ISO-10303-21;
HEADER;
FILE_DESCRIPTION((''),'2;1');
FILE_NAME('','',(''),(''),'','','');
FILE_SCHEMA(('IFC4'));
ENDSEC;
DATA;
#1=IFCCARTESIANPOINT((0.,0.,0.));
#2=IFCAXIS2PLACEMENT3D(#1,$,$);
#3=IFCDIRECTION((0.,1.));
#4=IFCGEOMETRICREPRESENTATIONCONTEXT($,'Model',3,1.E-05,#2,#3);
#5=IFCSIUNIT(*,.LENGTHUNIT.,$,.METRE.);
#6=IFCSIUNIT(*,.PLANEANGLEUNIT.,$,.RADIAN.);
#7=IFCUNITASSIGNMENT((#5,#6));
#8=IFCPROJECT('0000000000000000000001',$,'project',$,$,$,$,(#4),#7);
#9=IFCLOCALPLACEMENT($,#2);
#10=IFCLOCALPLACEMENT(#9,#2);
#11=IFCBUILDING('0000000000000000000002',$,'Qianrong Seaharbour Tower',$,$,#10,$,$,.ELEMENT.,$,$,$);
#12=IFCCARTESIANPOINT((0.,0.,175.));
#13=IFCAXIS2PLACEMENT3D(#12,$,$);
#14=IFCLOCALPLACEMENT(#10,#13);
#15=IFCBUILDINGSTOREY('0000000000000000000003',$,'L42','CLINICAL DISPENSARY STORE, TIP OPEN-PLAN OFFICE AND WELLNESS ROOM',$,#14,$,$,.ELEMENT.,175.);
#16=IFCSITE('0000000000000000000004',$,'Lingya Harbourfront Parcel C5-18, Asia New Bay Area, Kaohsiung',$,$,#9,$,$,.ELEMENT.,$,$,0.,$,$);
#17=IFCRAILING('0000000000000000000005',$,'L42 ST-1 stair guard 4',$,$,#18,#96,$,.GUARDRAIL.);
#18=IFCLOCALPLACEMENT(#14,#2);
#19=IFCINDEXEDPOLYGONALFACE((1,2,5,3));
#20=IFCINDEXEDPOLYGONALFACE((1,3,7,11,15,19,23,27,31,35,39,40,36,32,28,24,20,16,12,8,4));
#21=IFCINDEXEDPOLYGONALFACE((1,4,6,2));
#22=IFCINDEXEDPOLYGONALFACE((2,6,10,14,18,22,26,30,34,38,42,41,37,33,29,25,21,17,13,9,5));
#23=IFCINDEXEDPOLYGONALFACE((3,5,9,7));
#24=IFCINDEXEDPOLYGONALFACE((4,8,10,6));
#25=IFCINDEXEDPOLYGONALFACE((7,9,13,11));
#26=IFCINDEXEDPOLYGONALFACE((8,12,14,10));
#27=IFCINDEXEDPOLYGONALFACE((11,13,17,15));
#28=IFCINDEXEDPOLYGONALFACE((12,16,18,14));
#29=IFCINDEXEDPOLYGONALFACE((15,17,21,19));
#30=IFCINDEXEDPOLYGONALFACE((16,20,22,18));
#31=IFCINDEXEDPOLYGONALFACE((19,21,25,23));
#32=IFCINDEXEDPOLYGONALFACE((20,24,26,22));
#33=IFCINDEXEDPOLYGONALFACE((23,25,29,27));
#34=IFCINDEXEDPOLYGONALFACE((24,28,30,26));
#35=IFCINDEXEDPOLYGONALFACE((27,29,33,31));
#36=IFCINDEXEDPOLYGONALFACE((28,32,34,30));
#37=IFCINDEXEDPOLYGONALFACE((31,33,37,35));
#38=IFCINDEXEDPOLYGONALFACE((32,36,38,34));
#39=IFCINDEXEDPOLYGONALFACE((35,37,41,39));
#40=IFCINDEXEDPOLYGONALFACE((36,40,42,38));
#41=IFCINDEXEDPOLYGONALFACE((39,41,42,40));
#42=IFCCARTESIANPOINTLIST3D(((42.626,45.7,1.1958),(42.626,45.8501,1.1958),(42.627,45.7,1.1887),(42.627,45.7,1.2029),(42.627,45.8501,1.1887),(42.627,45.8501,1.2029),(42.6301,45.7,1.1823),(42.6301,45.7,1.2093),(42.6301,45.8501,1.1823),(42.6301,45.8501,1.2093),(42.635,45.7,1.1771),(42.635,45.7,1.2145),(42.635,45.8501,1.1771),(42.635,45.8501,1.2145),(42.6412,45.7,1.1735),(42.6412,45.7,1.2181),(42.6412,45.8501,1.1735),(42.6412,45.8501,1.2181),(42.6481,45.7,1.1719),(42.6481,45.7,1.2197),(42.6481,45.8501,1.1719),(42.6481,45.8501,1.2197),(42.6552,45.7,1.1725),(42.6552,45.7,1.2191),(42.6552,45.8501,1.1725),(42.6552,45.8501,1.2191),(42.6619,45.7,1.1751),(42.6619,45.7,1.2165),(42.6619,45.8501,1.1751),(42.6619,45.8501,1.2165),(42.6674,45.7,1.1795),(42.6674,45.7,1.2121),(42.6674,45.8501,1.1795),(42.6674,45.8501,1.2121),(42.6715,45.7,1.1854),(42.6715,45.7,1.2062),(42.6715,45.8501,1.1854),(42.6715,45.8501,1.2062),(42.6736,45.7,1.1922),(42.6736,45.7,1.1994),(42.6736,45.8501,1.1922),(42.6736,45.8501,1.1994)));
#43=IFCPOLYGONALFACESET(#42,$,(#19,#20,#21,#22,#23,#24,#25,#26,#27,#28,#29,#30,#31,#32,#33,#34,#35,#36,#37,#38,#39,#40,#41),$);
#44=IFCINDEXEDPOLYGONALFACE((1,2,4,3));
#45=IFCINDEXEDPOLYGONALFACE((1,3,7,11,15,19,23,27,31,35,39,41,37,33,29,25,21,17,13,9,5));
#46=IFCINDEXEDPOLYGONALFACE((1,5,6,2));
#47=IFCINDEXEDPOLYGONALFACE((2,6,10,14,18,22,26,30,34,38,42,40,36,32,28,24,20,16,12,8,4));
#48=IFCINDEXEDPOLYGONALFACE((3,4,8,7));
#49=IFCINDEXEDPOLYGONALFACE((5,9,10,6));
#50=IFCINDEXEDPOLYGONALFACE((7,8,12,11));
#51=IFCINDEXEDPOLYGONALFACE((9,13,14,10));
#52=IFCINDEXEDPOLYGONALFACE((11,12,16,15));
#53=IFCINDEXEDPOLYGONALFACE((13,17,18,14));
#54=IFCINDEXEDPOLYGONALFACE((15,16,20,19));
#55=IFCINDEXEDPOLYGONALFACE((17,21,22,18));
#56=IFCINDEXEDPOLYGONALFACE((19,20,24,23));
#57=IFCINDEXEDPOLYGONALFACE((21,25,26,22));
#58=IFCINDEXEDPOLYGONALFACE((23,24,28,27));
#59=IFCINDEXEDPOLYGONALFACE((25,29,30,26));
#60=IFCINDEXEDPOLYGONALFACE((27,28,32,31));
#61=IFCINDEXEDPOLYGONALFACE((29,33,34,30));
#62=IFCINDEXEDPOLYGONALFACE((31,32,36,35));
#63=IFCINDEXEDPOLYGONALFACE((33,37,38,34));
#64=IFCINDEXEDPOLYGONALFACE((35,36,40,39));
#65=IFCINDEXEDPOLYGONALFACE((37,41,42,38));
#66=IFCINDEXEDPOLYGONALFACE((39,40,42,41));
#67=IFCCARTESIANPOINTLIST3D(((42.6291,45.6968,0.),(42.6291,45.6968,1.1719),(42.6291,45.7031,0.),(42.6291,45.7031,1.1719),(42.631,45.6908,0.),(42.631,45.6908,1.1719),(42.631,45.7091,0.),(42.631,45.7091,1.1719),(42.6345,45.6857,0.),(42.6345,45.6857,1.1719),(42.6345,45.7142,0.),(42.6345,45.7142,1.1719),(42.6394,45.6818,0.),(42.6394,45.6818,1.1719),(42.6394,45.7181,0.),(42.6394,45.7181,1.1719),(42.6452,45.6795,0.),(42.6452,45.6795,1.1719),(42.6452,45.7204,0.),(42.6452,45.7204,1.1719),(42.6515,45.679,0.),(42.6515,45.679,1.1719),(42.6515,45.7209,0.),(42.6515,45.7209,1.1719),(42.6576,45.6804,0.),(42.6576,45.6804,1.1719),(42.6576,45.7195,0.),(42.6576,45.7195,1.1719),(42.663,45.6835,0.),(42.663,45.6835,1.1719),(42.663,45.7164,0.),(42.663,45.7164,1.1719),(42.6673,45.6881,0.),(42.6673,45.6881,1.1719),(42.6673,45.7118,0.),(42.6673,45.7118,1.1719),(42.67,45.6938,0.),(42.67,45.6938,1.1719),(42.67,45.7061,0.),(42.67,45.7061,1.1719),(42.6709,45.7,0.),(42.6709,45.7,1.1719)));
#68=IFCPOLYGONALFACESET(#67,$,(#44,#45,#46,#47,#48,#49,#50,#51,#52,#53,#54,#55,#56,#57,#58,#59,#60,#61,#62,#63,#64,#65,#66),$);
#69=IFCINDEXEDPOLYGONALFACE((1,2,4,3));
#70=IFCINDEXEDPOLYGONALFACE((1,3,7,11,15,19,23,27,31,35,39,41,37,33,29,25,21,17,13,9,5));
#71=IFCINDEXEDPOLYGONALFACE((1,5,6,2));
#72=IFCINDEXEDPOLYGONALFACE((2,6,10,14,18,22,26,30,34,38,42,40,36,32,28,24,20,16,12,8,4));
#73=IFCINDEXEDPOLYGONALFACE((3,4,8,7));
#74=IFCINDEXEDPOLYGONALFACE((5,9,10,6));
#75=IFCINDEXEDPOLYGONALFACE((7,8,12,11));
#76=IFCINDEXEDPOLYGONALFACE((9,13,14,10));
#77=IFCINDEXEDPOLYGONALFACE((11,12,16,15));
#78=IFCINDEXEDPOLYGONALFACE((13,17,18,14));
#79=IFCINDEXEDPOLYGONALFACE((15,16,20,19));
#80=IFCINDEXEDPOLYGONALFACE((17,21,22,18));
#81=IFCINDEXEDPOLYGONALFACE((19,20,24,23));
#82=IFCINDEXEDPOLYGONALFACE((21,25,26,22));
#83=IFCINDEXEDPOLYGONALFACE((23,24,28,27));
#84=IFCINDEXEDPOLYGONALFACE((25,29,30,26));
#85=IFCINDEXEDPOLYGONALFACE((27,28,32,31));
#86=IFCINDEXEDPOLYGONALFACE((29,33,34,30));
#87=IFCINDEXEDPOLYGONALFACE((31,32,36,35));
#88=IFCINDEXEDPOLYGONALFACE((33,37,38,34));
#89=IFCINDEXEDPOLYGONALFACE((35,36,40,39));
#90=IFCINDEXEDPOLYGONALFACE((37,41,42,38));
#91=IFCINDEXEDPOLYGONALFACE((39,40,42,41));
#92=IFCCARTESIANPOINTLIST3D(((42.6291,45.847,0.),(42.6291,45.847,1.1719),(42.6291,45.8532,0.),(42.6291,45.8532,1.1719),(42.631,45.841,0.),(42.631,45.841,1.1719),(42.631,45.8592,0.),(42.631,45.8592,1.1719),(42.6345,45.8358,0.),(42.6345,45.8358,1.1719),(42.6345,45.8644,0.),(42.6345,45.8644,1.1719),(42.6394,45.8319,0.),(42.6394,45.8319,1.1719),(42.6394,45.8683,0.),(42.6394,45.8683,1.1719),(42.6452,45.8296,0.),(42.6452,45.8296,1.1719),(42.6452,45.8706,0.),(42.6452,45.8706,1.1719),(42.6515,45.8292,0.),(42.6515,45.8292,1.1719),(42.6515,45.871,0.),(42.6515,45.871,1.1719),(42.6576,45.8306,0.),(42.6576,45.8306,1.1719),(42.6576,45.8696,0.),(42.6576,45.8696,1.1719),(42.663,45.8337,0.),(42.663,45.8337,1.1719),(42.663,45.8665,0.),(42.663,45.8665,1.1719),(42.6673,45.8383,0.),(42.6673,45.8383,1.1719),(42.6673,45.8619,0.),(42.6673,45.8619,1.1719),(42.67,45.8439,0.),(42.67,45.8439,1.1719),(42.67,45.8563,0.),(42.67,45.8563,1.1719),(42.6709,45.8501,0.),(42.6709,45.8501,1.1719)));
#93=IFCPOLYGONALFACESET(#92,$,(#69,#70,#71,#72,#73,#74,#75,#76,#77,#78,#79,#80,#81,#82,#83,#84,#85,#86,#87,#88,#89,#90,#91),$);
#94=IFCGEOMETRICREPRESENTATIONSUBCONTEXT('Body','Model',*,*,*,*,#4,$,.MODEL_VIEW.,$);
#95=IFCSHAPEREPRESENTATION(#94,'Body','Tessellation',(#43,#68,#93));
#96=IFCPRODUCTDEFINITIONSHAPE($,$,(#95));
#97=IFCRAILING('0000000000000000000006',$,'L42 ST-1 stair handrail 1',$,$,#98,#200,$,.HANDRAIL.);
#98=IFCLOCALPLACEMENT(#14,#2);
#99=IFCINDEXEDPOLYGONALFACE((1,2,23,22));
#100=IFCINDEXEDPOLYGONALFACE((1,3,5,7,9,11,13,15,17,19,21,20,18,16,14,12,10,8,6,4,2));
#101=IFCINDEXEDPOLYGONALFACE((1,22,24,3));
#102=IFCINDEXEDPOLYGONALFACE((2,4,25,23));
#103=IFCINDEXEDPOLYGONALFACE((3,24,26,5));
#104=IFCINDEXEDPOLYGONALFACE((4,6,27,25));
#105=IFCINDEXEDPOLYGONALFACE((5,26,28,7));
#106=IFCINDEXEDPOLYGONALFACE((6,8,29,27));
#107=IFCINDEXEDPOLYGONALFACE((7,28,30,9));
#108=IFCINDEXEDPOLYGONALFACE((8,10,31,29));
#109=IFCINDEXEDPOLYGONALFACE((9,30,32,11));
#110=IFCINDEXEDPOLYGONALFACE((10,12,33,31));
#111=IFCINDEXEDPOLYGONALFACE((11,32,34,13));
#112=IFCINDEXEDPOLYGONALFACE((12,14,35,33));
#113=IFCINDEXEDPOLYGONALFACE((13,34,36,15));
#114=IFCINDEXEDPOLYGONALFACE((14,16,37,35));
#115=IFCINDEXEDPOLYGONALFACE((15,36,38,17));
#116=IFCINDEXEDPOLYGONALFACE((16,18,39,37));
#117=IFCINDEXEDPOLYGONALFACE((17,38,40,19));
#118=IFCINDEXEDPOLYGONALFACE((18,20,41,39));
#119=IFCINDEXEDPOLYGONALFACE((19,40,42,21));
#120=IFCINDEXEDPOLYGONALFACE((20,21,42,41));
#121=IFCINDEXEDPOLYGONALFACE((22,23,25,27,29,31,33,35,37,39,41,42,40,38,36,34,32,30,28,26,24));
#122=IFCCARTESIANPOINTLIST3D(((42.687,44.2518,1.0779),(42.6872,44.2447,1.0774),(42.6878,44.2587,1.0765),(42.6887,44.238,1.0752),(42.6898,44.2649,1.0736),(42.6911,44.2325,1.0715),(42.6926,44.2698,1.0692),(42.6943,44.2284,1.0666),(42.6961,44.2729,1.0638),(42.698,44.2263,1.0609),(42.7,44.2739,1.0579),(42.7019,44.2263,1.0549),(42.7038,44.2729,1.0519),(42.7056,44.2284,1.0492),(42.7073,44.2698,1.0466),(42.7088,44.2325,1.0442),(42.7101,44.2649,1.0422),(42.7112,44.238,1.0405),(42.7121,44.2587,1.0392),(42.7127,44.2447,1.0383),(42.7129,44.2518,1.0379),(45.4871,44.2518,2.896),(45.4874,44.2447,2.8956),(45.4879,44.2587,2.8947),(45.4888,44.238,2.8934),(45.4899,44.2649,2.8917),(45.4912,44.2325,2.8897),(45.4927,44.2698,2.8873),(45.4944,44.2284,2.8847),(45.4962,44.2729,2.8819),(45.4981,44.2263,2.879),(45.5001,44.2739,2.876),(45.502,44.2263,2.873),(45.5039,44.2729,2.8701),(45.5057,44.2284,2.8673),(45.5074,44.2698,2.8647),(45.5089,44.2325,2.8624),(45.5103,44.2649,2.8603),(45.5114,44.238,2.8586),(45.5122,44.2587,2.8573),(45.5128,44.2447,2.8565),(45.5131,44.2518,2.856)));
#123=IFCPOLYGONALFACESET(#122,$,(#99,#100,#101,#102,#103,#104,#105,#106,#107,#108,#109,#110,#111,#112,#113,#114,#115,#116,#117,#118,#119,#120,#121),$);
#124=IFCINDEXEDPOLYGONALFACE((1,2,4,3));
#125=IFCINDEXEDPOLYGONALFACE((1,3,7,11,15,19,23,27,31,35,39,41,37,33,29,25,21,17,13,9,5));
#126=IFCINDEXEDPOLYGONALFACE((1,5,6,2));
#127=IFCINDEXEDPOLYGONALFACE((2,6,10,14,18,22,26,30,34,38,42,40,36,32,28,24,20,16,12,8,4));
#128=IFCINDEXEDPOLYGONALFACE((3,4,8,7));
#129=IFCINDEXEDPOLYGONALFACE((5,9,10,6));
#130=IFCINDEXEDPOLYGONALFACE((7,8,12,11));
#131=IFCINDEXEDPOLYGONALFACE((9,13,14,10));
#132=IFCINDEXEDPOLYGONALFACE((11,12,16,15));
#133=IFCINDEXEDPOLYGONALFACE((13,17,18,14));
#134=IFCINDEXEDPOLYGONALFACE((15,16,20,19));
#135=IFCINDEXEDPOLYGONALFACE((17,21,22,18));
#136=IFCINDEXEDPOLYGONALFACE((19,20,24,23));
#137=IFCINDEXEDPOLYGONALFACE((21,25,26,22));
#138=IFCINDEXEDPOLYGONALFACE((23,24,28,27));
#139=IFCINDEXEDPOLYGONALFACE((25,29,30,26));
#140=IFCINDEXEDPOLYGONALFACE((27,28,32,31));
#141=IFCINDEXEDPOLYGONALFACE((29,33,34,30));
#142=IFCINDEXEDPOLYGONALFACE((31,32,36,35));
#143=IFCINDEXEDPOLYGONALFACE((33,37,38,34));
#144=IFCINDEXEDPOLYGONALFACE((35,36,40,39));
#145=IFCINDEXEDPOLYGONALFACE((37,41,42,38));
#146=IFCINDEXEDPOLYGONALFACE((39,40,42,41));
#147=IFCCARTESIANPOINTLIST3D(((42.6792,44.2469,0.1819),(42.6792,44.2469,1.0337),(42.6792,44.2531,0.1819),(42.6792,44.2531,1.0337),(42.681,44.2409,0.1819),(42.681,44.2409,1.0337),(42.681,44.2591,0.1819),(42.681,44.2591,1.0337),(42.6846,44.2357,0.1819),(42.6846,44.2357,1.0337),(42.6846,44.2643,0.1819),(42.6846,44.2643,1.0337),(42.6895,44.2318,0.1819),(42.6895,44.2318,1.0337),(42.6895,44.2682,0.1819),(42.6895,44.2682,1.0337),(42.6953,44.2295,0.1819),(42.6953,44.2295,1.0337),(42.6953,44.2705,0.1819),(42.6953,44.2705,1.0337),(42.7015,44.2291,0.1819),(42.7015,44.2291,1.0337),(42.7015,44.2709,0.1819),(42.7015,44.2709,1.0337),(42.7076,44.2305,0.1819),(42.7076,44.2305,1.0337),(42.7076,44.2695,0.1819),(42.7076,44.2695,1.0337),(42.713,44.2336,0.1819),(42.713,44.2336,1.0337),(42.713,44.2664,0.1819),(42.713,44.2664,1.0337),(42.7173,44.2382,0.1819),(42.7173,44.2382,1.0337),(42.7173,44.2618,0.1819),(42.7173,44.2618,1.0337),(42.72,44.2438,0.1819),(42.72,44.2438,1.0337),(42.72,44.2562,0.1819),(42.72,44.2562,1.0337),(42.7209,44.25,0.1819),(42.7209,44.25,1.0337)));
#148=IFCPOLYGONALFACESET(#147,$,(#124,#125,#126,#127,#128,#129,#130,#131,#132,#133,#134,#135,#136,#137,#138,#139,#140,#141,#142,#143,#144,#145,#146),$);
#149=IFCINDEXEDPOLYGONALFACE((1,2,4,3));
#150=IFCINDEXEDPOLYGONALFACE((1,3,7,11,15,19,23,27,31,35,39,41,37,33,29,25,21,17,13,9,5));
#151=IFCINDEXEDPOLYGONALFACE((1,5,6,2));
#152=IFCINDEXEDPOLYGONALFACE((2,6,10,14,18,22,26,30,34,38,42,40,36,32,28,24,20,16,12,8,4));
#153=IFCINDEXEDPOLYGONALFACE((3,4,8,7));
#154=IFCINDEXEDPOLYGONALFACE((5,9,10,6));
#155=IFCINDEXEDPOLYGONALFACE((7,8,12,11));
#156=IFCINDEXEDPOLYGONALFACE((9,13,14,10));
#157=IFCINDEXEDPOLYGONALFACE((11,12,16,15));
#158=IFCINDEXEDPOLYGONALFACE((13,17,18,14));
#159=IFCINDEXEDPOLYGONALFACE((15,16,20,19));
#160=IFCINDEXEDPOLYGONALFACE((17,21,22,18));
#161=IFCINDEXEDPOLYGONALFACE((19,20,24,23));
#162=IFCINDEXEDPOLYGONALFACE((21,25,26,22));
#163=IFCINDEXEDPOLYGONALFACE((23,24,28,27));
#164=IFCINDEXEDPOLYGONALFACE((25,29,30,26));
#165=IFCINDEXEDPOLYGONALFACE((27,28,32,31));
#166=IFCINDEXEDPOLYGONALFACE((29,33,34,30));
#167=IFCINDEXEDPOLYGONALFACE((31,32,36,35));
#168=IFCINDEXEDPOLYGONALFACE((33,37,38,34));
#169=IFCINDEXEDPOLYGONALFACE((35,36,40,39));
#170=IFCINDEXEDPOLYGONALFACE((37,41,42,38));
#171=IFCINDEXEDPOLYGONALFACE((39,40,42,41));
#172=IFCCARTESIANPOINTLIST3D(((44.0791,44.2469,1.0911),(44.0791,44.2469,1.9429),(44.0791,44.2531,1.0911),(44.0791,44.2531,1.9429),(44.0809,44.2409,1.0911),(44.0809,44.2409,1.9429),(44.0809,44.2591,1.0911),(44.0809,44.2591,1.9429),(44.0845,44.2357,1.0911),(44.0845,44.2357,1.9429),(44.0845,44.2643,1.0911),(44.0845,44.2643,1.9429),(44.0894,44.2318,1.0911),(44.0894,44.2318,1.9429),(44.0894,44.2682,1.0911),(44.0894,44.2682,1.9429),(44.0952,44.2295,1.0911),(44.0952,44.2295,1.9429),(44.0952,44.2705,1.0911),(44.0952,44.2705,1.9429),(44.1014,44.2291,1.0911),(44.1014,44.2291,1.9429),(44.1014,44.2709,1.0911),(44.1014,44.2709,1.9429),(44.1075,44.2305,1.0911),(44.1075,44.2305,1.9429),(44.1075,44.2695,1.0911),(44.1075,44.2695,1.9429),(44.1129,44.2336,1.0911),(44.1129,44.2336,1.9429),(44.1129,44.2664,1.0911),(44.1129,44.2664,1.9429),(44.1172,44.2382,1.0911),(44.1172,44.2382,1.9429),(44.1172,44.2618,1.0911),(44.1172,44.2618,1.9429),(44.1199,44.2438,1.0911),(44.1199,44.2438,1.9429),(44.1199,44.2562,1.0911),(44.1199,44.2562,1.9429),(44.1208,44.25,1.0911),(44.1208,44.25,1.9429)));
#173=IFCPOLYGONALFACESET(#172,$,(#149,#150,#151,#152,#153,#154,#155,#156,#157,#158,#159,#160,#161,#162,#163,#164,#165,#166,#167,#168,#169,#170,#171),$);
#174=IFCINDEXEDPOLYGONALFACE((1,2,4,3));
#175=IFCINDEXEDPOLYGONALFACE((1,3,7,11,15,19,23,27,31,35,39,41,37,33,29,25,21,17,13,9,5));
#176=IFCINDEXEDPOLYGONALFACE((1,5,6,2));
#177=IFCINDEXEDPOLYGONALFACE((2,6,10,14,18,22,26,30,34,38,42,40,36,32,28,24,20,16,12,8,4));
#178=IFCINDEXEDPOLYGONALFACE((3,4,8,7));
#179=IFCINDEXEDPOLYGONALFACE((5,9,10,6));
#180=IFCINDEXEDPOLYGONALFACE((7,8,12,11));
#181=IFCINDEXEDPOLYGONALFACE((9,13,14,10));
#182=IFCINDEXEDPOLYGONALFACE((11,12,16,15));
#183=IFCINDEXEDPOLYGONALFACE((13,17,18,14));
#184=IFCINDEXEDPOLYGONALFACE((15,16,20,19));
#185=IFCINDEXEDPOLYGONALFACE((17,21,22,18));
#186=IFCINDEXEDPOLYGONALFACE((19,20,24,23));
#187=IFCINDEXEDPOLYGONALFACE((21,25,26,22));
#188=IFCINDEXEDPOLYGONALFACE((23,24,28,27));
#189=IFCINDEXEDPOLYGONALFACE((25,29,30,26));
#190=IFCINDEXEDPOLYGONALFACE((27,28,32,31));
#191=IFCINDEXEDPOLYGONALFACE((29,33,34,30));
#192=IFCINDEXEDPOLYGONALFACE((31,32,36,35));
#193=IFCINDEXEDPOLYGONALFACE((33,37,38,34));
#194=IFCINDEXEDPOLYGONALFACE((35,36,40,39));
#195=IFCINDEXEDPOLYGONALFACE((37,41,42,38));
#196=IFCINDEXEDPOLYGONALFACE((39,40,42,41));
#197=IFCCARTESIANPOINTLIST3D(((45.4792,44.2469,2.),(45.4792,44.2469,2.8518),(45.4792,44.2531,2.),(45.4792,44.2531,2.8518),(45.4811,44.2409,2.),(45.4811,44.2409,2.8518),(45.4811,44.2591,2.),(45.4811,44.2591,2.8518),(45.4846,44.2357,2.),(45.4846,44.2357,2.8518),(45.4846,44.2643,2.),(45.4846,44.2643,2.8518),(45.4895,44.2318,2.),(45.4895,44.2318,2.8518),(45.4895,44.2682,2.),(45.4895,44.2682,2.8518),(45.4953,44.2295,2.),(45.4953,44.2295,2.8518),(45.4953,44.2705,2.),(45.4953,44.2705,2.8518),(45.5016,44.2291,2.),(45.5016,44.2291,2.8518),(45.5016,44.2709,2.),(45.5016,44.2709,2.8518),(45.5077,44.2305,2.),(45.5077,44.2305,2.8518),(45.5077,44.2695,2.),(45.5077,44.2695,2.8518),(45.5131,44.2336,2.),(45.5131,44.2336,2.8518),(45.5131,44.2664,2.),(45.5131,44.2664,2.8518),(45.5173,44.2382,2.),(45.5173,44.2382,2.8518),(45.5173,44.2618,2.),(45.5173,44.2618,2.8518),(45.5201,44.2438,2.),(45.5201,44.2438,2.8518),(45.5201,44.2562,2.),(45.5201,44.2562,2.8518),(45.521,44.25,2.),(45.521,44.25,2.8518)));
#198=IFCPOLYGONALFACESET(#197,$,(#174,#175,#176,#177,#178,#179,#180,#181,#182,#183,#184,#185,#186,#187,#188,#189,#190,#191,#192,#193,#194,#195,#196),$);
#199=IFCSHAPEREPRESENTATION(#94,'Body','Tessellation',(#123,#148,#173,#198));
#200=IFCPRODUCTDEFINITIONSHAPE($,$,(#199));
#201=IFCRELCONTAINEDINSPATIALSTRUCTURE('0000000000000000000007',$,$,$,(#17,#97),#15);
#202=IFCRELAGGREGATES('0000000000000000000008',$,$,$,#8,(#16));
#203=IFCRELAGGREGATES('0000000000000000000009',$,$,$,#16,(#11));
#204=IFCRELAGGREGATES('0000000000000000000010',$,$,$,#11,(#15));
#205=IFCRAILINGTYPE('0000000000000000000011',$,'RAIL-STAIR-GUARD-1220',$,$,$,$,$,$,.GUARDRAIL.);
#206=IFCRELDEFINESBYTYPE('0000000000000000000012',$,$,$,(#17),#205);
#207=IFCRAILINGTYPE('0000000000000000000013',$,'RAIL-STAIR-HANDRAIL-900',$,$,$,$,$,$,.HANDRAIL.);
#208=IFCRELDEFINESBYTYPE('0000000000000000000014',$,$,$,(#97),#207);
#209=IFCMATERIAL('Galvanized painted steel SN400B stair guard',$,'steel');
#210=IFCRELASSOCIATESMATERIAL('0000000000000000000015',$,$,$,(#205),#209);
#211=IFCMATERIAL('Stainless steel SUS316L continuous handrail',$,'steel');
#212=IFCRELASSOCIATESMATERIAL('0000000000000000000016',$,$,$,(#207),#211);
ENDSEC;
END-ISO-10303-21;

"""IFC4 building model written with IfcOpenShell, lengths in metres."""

from ifc_helpers import new_model, si_unit, direction, frame, origin, origin_2d, place, context, subcontext, project, spatial, circle, extrude, material, type_object, element, save


model = new_model("IFC4")

# Units and contexts
model_context = context("Model", 3, precision=1e-05, world=origin(), true_north=direction((0.0, 1.0)))
body_context = subcontext(model_context, "Body", "Model", "MODEL_VIEW")
ifc_project = project(units=[si_unit("LENGTHUNIT", "METRE"), si_unit("PLANEANGLEUNIT", "RADIAN")], contexts=[model_context])

# Site, building, storey
site_placement = place(None, origin())
site = spatial("IfcSite", under=ifc_project, at=site_placement, Name="Lingya Harbourfront Parcel C5-18, Asia New Bay Area, Kaohsiung", CompositionType="ELEMENT", RefElevation=0.0)
building_placement = place(site_placement, origin())
building = spatial("IfcBuilding", under=site, at=building_placement, Name="Qianrong Seaharbour Tower", CompositionType="ELEMENT")
storey_placement = place(building_placement, frame((0.0, 0.0, 175.0)))
storey = spatial("IfcBuildingStorey", under=building, at=storey_placement, Name="L42", Description="CLINICAL DISPENSARY STORE, TIP OPEN-PLAN OFFICE AND WELLNESS ROOM", CompositionType="ELEMENT", Elevation=175.0)

# Railings
ifc_material_1 = material(Name="Galvanized painted steel SN400B stair guard", Category="steel")
railing_type_1 = type_object("IfcRailingType", Name="RAIL-STAIR-GUARD-1220", PredefinedType="GUARDRAIL", material=ifc_material_1)
railing_1_placement = place(storey_placement, frame((42.6499, 45.7, 0.0)))
element("IfcRailing", 1, at=railing_1_placement, inside=storey, type_object=railing_type_1, Name="L42 ST-1 stair guard 4", PredefinedType="GUARDRAIL", context=body_context, shape_type="SweptSolid", body=[
    extrude(circle(Radius=0.0239, at=origin_2d()), frame((0.0, 0.0, 1.1958), z_axis=(0.0, 1.0, 0.0), x_axis=(-1.0, 0.0, 0.0)), (0.0, 0.0, 1.0), 0.1501),
    extrude(circle(Radius=0.021, at=origin_2d()), origin(), (0.0, 0.0, 1.0), 1.1719),
    extrude(circle(Radius=0.021, at=origin_2d()), frame((0.0, 0.1501, 0.0)), (0.0, 0.0, 1.0), 1.1719),
])
ifc_material_2 = material(Name="Stainless steel SUS316L continuous handrail", Category="steel")
railing_type_2 = type_object("IfcRailingType", Name="RAIL-STAIR-HANDRAIL-900", PredefinedType="HANDRAIL", material=ifc_material_2)
railing_2_placement = place(storey_placement, frame((42.7, 44.25, 0.1819)))
element("IfcRailing", 2, at=railing_2_placement, inside=storey, type_object=railing_type_2, Name="L42 ST-1 stair handrail 1", PredefinedType="HANDRAIL", context=body_context, shape_type="SweptSolid", body=[
    extrude(circle(Radius=0.0239, at=origin_2d()), frame((0.0, 0.0, 0.876), z_axis=(0.838706, 0.0, 0.544585), x_axis=(0.0, 1.0, 0.0)), (0.0, 0.0, 1.0), 3.3386),
    extrude(circle(Radius=0.021, at=origin_2d()), origin(), (0.0, 0.0, 1.0), 0.8518),
    extrude(circle(Radius=0.021, at=origin_2d()), frame((1.3999, 0.0, 0.9092)), (0.0, 0.0, 1.0), 0.8518),
    extrude(circle(Radius=0.021, at=origin_2d()), frame((2.8, 0.0, 1.8181)), (0.0, 0.0, 1.0), 0.8518),
])

save(model, "model.ifc")
